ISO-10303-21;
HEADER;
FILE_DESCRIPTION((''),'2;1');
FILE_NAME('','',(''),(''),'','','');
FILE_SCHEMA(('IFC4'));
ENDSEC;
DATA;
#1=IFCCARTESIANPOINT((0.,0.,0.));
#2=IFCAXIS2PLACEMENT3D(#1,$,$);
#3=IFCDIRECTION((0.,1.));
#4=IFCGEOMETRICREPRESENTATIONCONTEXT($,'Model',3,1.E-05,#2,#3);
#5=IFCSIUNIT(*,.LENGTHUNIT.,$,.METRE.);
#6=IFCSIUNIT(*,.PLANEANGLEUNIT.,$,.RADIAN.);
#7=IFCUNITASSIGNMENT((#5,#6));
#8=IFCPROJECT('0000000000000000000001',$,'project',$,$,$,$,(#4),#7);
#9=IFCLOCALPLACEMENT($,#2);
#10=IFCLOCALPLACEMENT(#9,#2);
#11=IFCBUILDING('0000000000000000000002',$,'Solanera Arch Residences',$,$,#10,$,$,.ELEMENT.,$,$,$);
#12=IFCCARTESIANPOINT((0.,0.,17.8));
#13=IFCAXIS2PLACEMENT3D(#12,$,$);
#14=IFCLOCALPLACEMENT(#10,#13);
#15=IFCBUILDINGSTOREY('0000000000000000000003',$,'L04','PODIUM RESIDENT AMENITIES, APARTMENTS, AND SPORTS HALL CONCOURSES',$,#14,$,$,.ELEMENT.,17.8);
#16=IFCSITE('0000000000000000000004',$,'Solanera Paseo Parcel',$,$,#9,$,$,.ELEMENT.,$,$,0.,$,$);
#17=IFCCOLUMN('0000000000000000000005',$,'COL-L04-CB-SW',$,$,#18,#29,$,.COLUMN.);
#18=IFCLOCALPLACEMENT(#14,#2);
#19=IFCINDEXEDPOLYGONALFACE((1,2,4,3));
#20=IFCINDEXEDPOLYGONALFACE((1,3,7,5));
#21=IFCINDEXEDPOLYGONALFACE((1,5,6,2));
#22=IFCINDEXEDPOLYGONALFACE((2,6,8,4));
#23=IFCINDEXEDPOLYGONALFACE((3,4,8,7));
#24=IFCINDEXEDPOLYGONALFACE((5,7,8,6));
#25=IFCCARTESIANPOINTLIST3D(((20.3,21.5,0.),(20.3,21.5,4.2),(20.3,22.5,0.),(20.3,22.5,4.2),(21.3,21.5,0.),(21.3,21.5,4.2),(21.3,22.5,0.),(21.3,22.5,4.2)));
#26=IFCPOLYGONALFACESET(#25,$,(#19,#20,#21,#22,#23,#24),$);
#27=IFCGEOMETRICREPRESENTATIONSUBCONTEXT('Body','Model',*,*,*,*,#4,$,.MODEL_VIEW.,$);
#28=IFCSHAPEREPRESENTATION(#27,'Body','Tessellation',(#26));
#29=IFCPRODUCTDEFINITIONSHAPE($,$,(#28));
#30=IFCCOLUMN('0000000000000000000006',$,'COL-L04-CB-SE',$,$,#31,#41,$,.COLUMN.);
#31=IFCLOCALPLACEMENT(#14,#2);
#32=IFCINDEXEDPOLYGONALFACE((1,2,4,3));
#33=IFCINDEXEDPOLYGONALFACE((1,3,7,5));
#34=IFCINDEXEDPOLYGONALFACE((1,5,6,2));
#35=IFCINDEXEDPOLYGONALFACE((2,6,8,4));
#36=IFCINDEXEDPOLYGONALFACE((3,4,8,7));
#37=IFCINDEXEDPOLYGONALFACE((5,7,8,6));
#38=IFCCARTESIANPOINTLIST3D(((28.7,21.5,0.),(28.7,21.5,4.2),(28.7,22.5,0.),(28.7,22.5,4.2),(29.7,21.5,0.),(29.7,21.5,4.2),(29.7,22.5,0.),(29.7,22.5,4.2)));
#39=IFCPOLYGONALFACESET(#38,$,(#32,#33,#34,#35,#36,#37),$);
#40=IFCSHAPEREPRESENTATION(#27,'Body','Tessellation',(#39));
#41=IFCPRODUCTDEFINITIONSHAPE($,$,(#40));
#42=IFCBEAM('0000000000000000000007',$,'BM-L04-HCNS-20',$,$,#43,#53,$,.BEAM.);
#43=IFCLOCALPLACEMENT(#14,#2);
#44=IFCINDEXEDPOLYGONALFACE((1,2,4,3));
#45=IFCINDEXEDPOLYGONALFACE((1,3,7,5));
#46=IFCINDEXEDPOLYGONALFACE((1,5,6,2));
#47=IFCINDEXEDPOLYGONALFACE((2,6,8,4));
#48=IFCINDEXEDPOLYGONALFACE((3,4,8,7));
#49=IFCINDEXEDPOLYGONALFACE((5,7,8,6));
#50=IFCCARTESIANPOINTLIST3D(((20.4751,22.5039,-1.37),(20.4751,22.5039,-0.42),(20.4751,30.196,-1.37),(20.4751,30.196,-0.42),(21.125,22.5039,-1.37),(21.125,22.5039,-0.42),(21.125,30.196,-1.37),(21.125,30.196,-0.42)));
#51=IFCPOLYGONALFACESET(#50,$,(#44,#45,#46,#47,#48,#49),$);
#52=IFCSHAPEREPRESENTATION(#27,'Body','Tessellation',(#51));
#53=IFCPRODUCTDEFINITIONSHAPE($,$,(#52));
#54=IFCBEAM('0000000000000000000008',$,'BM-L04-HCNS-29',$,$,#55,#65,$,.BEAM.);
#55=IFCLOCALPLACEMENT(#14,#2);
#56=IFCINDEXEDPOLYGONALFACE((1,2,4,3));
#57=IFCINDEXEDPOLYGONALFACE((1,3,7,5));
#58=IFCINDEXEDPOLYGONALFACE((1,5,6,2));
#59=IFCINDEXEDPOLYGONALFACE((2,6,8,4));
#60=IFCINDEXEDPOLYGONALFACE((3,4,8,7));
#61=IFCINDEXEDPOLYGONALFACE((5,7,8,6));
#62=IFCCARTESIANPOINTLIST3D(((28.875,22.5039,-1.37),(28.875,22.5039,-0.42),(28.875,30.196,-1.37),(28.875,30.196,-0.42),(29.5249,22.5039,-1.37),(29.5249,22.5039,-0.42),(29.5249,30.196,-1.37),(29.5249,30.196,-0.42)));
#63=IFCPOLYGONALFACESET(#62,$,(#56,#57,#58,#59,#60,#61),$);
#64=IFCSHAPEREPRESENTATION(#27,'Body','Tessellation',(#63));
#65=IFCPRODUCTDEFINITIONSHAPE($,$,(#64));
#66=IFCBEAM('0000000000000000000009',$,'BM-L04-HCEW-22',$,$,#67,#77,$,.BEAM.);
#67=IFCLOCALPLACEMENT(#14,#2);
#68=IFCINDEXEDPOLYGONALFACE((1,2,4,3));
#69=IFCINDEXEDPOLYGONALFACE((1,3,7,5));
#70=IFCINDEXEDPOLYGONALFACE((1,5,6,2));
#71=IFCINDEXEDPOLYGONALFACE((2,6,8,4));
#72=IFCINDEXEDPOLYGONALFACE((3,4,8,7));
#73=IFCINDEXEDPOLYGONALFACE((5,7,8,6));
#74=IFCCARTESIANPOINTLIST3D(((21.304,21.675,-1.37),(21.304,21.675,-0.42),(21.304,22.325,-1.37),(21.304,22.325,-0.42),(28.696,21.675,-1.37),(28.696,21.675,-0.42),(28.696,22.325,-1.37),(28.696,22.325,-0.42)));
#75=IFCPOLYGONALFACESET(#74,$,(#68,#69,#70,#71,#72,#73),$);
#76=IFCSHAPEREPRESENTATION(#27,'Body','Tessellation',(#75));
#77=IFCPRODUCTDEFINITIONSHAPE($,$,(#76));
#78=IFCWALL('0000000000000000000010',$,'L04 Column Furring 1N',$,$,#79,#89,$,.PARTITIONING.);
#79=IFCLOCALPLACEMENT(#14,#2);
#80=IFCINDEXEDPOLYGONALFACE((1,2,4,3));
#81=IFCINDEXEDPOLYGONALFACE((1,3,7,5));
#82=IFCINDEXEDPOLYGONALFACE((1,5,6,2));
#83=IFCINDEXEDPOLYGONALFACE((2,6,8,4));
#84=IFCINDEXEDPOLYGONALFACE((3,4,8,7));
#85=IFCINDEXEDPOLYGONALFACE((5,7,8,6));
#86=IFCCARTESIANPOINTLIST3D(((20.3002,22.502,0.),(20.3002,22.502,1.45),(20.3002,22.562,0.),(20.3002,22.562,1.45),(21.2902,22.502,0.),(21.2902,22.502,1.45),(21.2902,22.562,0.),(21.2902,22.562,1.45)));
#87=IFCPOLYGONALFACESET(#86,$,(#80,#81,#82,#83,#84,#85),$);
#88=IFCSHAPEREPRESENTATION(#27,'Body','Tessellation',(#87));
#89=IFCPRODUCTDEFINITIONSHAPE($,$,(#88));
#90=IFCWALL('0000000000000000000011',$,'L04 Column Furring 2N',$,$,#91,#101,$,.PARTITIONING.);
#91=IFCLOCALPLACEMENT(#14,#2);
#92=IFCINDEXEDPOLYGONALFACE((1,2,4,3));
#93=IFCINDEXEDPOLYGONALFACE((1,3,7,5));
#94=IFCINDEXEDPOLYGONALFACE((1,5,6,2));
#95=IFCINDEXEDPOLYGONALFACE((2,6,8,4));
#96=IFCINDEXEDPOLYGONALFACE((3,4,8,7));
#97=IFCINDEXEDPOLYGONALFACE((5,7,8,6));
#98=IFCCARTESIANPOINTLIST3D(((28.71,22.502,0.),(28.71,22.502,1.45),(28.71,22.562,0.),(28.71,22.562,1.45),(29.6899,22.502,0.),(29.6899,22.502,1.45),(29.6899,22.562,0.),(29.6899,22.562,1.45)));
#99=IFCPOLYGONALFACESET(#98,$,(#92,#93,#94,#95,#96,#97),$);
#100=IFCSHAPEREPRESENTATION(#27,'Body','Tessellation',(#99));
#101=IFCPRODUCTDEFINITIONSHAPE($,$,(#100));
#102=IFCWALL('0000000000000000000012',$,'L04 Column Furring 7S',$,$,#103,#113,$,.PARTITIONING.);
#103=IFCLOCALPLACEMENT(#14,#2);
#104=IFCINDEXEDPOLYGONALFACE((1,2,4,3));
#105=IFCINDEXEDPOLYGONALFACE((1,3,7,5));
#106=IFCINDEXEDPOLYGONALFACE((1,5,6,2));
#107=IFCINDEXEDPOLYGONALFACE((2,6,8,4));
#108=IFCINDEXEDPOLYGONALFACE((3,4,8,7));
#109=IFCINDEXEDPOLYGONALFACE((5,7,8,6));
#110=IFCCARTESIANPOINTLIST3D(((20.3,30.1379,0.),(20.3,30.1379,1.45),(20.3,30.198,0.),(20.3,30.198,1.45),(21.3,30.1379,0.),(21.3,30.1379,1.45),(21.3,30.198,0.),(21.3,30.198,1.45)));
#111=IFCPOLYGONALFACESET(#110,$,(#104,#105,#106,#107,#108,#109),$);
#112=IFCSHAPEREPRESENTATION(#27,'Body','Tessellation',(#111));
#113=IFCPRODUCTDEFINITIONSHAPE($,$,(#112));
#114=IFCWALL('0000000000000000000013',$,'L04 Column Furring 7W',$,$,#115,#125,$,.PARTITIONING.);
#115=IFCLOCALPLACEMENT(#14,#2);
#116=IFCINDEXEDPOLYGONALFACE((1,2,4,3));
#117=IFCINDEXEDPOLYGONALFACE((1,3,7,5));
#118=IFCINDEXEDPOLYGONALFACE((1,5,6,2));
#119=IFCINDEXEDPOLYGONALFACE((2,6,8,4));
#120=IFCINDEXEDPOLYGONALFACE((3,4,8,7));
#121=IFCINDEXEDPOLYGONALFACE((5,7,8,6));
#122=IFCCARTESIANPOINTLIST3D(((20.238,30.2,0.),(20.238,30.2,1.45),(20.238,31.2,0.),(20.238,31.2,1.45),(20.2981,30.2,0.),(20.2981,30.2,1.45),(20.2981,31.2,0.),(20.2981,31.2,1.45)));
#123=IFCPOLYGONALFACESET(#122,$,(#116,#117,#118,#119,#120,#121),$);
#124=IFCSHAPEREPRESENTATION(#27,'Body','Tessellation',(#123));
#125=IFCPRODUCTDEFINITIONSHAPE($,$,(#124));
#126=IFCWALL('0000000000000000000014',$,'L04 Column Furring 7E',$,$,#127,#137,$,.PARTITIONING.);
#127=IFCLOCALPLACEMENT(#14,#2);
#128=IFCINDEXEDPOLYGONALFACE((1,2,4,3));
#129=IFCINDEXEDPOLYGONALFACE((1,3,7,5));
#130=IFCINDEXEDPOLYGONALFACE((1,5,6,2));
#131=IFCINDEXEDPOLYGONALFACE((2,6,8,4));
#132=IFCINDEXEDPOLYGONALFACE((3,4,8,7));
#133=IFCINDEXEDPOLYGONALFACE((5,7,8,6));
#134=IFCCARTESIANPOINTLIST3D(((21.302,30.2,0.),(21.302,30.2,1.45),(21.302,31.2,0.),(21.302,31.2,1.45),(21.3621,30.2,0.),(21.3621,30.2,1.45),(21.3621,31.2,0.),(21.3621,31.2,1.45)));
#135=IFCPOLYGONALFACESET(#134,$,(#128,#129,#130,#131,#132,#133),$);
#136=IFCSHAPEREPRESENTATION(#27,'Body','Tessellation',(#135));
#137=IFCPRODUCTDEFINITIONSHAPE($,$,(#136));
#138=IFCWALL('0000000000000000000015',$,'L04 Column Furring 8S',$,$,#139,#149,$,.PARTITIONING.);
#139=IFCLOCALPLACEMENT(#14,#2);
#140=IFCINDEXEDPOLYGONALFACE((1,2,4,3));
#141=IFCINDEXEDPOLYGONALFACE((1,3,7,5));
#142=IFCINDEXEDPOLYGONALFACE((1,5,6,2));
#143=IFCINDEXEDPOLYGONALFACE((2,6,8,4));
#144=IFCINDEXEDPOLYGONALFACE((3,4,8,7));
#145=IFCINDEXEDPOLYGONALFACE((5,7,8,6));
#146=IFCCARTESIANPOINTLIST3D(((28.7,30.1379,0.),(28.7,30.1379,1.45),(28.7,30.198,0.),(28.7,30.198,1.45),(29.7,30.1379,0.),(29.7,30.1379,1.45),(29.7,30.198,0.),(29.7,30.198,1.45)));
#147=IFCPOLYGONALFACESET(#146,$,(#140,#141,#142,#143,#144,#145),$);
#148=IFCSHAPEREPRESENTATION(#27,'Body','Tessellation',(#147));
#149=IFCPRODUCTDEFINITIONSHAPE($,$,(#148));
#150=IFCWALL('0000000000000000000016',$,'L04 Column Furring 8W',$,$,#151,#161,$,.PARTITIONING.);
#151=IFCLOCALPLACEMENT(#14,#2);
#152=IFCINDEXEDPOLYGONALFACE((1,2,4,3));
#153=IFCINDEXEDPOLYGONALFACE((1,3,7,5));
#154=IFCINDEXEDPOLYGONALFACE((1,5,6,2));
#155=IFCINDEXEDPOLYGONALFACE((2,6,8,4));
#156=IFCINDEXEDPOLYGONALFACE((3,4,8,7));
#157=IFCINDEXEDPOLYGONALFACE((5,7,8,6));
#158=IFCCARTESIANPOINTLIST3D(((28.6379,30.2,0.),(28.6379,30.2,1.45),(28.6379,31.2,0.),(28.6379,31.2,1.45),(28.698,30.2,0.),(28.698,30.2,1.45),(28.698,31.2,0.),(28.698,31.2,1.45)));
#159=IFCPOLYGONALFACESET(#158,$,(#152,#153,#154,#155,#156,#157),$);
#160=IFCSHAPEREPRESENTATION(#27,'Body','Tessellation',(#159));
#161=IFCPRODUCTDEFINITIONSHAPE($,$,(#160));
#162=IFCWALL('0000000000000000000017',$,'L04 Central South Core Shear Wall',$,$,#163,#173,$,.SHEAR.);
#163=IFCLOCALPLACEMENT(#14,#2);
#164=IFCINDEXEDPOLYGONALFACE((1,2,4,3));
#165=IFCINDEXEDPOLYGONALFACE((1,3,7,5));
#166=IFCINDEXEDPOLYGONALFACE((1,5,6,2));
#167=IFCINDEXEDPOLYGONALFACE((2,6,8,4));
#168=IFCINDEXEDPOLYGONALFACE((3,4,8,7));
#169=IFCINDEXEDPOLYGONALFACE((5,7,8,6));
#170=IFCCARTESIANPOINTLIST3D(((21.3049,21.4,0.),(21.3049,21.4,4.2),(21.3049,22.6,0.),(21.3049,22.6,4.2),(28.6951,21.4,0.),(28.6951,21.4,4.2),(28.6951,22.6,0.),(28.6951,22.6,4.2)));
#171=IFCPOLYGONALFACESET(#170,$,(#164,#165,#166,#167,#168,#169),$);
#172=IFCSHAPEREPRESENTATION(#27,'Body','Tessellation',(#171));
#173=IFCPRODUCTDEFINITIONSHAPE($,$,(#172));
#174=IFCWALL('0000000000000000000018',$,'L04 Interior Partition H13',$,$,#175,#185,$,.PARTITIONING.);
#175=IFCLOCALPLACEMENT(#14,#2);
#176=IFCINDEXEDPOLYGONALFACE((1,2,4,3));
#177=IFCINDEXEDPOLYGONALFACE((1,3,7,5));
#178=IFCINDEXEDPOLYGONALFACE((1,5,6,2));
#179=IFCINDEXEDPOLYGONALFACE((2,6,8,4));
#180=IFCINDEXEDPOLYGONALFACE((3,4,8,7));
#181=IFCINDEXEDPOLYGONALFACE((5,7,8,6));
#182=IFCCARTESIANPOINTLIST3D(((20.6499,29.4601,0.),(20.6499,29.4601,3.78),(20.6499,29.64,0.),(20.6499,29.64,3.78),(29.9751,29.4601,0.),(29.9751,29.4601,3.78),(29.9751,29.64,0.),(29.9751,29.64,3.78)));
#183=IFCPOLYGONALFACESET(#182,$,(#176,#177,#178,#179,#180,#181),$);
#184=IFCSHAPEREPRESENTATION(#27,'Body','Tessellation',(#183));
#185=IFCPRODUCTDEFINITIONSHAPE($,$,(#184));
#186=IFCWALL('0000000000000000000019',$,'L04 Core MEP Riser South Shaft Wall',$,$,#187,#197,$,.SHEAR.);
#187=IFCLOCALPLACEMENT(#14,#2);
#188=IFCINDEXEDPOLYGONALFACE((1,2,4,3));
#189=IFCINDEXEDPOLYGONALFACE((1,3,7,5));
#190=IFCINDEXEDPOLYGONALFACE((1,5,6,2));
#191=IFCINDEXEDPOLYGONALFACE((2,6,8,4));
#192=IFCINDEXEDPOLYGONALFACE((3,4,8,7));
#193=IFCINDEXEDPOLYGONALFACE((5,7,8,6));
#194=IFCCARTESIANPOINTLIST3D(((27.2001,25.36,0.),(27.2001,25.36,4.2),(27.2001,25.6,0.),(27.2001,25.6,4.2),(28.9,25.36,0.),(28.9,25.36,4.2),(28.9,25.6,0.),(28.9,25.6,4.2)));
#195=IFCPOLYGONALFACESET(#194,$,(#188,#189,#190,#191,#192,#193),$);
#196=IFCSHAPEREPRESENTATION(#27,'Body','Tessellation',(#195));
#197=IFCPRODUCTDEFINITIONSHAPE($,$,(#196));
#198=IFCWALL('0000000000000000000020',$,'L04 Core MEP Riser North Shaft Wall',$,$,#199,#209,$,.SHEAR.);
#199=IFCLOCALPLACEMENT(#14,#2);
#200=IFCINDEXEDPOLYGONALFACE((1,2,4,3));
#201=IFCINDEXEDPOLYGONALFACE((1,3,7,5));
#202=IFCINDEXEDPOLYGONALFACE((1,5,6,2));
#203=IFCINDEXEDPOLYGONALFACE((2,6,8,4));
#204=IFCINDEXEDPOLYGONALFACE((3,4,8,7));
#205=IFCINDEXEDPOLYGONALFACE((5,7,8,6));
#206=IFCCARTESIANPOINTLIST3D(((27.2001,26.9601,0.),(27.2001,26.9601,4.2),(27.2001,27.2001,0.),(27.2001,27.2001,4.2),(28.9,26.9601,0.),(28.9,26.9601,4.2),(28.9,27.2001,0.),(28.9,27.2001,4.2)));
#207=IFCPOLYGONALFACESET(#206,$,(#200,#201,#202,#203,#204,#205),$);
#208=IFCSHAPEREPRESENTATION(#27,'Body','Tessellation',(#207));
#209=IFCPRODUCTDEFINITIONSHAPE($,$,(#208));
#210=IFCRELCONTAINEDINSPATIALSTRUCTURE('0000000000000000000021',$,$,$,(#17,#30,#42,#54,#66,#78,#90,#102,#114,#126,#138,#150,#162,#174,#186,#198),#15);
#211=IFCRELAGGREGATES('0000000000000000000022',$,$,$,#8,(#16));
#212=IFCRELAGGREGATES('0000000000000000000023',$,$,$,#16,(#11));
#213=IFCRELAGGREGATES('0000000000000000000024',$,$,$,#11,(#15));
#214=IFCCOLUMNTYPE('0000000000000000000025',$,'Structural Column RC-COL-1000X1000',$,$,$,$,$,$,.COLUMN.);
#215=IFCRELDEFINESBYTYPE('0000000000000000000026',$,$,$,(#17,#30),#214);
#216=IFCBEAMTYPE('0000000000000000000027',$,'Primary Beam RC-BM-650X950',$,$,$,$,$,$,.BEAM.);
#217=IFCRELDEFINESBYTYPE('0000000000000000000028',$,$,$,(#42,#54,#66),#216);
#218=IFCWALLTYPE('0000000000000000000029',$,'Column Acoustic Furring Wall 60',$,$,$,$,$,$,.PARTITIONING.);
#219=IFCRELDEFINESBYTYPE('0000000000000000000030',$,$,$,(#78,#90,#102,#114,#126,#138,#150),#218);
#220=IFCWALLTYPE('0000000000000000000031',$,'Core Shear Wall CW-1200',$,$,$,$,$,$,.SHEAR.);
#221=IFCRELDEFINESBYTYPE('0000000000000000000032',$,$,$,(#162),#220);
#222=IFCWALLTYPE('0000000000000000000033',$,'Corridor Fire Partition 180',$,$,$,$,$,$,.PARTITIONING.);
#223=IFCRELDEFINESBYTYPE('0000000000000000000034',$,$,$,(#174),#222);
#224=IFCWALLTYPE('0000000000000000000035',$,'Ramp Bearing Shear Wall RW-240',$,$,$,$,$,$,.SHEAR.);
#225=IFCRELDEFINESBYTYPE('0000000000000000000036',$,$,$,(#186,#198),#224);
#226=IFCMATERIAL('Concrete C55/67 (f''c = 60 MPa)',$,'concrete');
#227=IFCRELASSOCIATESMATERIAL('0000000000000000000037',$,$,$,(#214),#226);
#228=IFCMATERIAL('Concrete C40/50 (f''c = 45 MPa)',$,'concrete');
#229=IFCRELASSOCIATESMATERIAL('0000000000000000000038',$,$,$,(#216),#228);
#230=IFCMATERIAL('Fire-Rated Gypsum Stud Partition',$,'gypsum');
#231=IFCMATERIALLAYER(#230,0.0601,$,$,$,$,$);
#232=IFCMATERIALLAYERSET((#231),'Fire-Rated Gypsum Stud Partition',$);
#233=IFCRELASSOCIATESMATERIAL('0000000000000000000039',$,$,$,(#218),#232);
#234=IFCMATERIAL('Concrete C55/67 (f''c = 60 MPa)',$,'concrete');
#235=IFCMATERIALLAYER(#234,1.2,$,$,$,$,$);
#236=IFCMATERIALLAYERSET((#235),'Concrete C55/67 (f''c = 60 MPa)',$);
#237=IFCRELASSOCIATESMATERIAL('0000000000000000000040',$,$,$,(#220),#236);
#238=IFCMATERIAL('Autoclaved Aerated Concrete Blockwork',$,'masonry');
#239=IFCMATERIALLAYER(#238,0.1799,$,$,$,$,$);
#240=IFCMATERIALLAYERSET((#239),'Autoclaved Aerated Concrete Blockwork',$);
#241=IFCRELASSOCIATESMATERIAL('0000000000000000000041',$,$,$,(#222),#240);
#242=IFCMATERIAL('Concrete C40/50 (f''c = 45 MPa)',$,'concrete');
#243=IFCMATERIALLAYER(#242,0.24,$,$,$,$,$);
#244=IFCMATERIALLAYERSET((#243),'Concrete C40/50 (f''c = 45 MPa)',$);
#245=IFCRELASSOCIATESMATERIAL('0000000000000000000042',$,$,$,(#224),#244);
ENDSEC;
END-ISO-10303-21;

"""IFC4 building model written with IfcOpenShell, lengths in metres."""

from ifc_helpers import new_model, si_unit, direction, frame, frame_2d, origin, origin_2d, place, context, subcontext, project, spatial, rectangle, extrude, material, layer, layer_set, material_profile, profile_set, type_object, element, save


model = new_model("IFC4")

# Units and contexts
model_context = context("Model", 3, precision=1e-05, world=origin(), true_north=direction((0.0, 1.0)))
body_context = subcontext(model_context, "Body", "Model", "MODEL_VIEW")
ifc_project = project(units=[si_unit("LENGTHUNIT", "METRE"), si_unit("PLANEANGLEUNIT", "RADIAN")], contexts=[model_context])

# Site, building, storey
site_placement = place(None, origin())
site = spatial("IfcSite", under=ifc_project, at=site_placement, Name="Solanera Paseo Parcel", CompositionType="ELEMENT", RefElevation=0.0)
building_placement = place(site_placement, origin())
building = spatial("IfcBuilding", under=site, at=building_placement, Name="Solanera Arch Residences", CompositionType="ELEMENT")
storey_placement = place(building_placement, frame((0.0, 0.0, 17.8)))
storey = spatial("IfcBuildingStorey", under=building, at=storey_placement, Name="L04", Description="PODIUM RESIDENT AMENITIES, APARTMENTS, AND SPORTS HALL CONCOURSES", CompositionType="ELEMENT", Elevation=17.8)

# Columns
ifc_material_1 = material(Name="Concrete C55/67 (f'c = 60 MPa)", Category="concrete")
ifc_material_profile_1 = material_profile(ifc_material_1, rectangle(XDim=1.0, YDim=1.0, at=origin_2d()))
ifc_profile_set_1 = profile_set([ifc_material_profile_1], Name="Concrete C55/67 (f'c = 60 MPa)")
column_type = type_object("IfcColumnType", Name="Structural Column RC-COL-1000X1000", PredefinedType="COLUMN", material=ifc_profile_set_1)
for number, where, z_axis, x_axis, name in (
    (1, (20.8, 22.0, 0.0), (0.0, 0.0, 1.0), (1.0, 0.0, 0.0), "COL-L04-CB-SW"),
    (2, (29.2, 22.0, 0.0), (0.0, 0.0, 1.0), (1.0, 0.0, 0.0), "COL-L04-CB-SE"),
):
    element("IfcColumn", number, at=place(storey_placement, frame(where, z_axis=z_axis, x_axis=x_axis)), inside=storey, type_object=column_type, Name=name, PredefinedType="COLUMN", context=body_context, shape_type="SweptSolid", body=[
        extrude(rectangle(XDim=1.0, YDim=1.0, at=origin_2d()), origin(), (0.0, 0.0, 1.0), 4.2),
    ])

# Beams
ifc_material_2 = material(Name="Concrete C40/50 (f'c = 45 MPa)", Category="concrete")
ifc_material_profile_2 = material_profile(ifc_material_2, rectangle(XDim=0.6499, YDim=0.95, at=origin_2d()))
ifc_profile_set_2 = profile_set([ifc_material_profile_2], Name="Concrete C40/50 (f'c = 45 MPa)")
beam_type = type_object("IfcBeamType", Name="Primary Beam RC-BM-650X950", PredefinedType="BEAM", material=ifc_profile_set_2)
for number, where, z_axis, x_axis, name in (
    (3, (20.8, 22.5039, -0.895), (0.0, 1.0, 0.0), (-1.0, 0.0, 0.0), "BM-L04-HCNS-20"),
    (4, (29.2, 22.5039, -0.895), (0.0, 1.0, 0.0), (-1.0, 0.0, 0.0), "BM-L04-HCNS-29"),
):
    element("IfcBeam", number, at=place(storey_placement, frame(where, z_axis=z_axis, x_axis=x_axis)), inside=storey, type_object=beam_type, Name=name, PredefinedType="BEAM", context=body_context, shape_type="SweptSolid", body=[
        extrude(rectangle(XDim=0.6499, YDim=0.95, at=origin_2d()), origin(), (0.0, 0.0, 1.0), 7.6921),
    ])
beam_placement = place(storey_placement, frame((21.304, 22.0, -0.895), z_axis=(1.0, 0.0, 0.0), x_axis=(0.0, 1.0, 0.0)))
element("IfcBeam", 5, at=beam_placement, inside=storey, type_object=beam_type, Name="BM-L04-HCEW-22", PredefinedType="BEAM", context=body_context, shape_type="SweptSolid", body=[
    extrude(rectangle(XDim=0.6499, YDim=0.95, at=origin_2d()), origin(), (0.0, 0.0, 1.0), 7.3921),
])

# Walls
ifc_material_3 = material(Name="Fire-Rated Gypsum Stud Partition", Category="gypsum")
ifc_layer_1 = layer(ifc_material_3, 0.0601)
ifc_layer_set_1 = layer_set([ifc_layer_1], Name="Fire-Rated Gypsum Stud Partition")
wall_type_1 = type_object("IfcWallType", Name="Column Acoustic Furring Wall 60", PredefinedType="PARTITIONING", material=ifc_layer_set_1)
wall_1_placement = place(storey_placement, frame((20.3, 22.532, 0.0), z_axis=(0.0, 0.0, 1.0), x_axis=(1.0, 0.0, 0.0)))
element("IfcWall", 6, at=wall_1_placement, inside=storey, type_object=wall_type_1, Name="L04 Column Furring 1N", PredefinedType="PARTITIONING", context=body_context, shape_type="SweptSolid", body=[
    extrude(rectangle(XDim=0.99, YDim=0.0601, at=frame_2d((0.4951, 0.0))), origin(), (0.0, 0.0, 1.0), 1.45),
])
wall_2_placement = place(storey_placement, frame((28.71, 22.532, 0.0), z_axis=(0.0, 0.0, 1.0), x_axis=(1.0, 0.0, 0.0)))
element("IfcWall", 7, at=wall_2_placement, inside=storey, type_object=wall_type_1, Name="L04 Column Furring 2N", PredefinedType="PARTITIONING", context=body_context, shape_type="SweptSolid", body=[
    extrude(rectangle(XDim=0.98, YDim=0.0601, at=frame_2d((0.49, 0.0))), origin(), (0.0, 0.0, 1.0), 1.45),
])
for number, where, z_axis, x_axis, name in (
    (8, (20.3, 30.168, 0.0), (0.0, 0.0, 1.0), (1.0, 0.0, 0.0), "L04 Column Furring 7S"),
    (9, (20.2681, 30.2, 0.0), (0.0, 0.0, 1.0), (0.0, 1.0, 0.0), "L04 Column Furring 7W"),
    (10, (21.332, 30.2, 0.0), (0.0, 0.0, 1.0), (0.0, 1.0, 0.0), "L04 Column Furring 7E"),
    (11, (28.7, 30.168, 0.0), (0.0, 0.0, 1.0), (1.0, 0.0, 0.0), "L04 Column Furring 8S"),
    (12, (28.668, 30.2, 0.0), (0.0, 0.0, 1.0), (0.0, 1.0, 0.0), "L04 Column Furring 8W"),
):
    element("IfcWall", number, at=place(storey_placement, frame(where, z_axis=z_axis, x_axis=x_axis)), inside=storey, type_object=wall_type_1, Name=name, PredefinedType="PARTITIONING", context=body_context, shape_type="SweptSolid", body=[
        extrude(rectangle(XDim=1.0, YDim=0.0601, at=frame_2d((0.5, 0.0))), origin(), (0.0, 0.0, 1.0), 1.45),
    ])
ifc_material_4 = material(Name="Concrete C55/67 (f'c = 60 MPa)", Category="concrete")
ifc_layer_2 = layer(ifc_material_4, 1.2)
ifc_layer_set_2 = layer_set([ifc_layer_2], Name="Concrete C55/67 (f'c = 60 MPa)")
wall_type_2 = type_object("IfcWallType", Name="Core Shear Wall CW-1200", PredefinedType="SHEAR", material=ifc_layer_set_2)
wall_3_placement = place(storey_placement, frame((21.3049, 22.0, 0.0), z_axis=(0.0, 0.0, 1.0), x_axis=(1.0, 0.0, 0.0)))
element("IfcWall", 13, at=wall_3_placement, inside=storey, type_object=wall_type_2, Name="L04 Central South Core Shear Wall", PredefinedType="SHEAR", context=body_context, shape_type="SweptSolid", body=[
    extrude(rectangle(XDim=7.3901, YDim=1.2, at=frame_2d((3.6951, 0.0))), origin(), (0.0, 0.0, 1.0), 4.2),
])
ifc_material_5 = material(Name="Autoclaved Aerated Concrete Blockwork", Category="masonry")
ifc_layer_3 = layer(ifc_material_5, 0.1799)
ifc_layer_set_3 = layer_set([ifc_layer_3], Name="Autoclaved Aerated Concrete Blockwork")
wall_type_3 = type_object("IfcWallType", Name="Corridor Fire Partition 180", PredefinedType="PARTITIONING", material=ifc_layer_set_3)
wall_4_placement = place(storey_placement, frame((20.6499, 29.55, 0.0), z_axis=(0.0, 0.0, 1.0), x_axis=(1.0, 0.0, 0.0)))
element("IfcWall", 14, at=wall_4_placement, inside=storey, type_object=wall_type_3, Name="L04 Interior Partition H13", PredefinedType="PARTITIONING", context=body_context, shape_type="SweptSolid", body=[
    extrude(rectangle(XDim=9.3252, YDim=0.1799, at=frame_2d((4.6626, 0.0))), origin(), (0.0, 0.0, 1.0), 3.78),
])
ifc_material_6 = material(Name="Concrete C40/50 (f'c = 45 MPa)", Category="concrete")
ifc_layer_4 = layer(ifc_material_6, 0.24)
ifc_layer_set_4 = layer_set([ifc_layer_4], Name="Concrete C40/50 (f'c = 45 MPa)")
wall_type_4 = type_object("IfcWallType", Name="Ramp Bearing Shear Wall RW-240", PredefinedType="SHEAR", material=ifc_layer_set_4)
for number, where, z_axis, x_axis, name in (
    (15, (27.2, 25.48, 0.0), (0.0, 0.0, 1.0), (1.0, 0.0, 0.0), "L04 Core MEP Riser South Shaft Wall"),
    (16, (27.2, 27.0801, 0.0), (0.0, 0.0, 1.0), (1.0, 0.0, 0.0), "L04 Core MEP Riser North Shaft Wall"),
):
    element("IfcWall", number, at=place(storey_placement, frame(where, z_axis=z_axis, x_axis=x_axis)), inside=storey, type_object=wall_type_4, Name=name, PredefinedType="SHEAR", context=body_context, shape_type="SweptSolid", body=[
        extrude(rectangle(XDim=1.7, YDim=0.24, at=frame_2d((0.8501, 0.0))), origin(), (0.0, 0.0, 1.0), 4.2),
    ])

save(model, "model.ifc")
